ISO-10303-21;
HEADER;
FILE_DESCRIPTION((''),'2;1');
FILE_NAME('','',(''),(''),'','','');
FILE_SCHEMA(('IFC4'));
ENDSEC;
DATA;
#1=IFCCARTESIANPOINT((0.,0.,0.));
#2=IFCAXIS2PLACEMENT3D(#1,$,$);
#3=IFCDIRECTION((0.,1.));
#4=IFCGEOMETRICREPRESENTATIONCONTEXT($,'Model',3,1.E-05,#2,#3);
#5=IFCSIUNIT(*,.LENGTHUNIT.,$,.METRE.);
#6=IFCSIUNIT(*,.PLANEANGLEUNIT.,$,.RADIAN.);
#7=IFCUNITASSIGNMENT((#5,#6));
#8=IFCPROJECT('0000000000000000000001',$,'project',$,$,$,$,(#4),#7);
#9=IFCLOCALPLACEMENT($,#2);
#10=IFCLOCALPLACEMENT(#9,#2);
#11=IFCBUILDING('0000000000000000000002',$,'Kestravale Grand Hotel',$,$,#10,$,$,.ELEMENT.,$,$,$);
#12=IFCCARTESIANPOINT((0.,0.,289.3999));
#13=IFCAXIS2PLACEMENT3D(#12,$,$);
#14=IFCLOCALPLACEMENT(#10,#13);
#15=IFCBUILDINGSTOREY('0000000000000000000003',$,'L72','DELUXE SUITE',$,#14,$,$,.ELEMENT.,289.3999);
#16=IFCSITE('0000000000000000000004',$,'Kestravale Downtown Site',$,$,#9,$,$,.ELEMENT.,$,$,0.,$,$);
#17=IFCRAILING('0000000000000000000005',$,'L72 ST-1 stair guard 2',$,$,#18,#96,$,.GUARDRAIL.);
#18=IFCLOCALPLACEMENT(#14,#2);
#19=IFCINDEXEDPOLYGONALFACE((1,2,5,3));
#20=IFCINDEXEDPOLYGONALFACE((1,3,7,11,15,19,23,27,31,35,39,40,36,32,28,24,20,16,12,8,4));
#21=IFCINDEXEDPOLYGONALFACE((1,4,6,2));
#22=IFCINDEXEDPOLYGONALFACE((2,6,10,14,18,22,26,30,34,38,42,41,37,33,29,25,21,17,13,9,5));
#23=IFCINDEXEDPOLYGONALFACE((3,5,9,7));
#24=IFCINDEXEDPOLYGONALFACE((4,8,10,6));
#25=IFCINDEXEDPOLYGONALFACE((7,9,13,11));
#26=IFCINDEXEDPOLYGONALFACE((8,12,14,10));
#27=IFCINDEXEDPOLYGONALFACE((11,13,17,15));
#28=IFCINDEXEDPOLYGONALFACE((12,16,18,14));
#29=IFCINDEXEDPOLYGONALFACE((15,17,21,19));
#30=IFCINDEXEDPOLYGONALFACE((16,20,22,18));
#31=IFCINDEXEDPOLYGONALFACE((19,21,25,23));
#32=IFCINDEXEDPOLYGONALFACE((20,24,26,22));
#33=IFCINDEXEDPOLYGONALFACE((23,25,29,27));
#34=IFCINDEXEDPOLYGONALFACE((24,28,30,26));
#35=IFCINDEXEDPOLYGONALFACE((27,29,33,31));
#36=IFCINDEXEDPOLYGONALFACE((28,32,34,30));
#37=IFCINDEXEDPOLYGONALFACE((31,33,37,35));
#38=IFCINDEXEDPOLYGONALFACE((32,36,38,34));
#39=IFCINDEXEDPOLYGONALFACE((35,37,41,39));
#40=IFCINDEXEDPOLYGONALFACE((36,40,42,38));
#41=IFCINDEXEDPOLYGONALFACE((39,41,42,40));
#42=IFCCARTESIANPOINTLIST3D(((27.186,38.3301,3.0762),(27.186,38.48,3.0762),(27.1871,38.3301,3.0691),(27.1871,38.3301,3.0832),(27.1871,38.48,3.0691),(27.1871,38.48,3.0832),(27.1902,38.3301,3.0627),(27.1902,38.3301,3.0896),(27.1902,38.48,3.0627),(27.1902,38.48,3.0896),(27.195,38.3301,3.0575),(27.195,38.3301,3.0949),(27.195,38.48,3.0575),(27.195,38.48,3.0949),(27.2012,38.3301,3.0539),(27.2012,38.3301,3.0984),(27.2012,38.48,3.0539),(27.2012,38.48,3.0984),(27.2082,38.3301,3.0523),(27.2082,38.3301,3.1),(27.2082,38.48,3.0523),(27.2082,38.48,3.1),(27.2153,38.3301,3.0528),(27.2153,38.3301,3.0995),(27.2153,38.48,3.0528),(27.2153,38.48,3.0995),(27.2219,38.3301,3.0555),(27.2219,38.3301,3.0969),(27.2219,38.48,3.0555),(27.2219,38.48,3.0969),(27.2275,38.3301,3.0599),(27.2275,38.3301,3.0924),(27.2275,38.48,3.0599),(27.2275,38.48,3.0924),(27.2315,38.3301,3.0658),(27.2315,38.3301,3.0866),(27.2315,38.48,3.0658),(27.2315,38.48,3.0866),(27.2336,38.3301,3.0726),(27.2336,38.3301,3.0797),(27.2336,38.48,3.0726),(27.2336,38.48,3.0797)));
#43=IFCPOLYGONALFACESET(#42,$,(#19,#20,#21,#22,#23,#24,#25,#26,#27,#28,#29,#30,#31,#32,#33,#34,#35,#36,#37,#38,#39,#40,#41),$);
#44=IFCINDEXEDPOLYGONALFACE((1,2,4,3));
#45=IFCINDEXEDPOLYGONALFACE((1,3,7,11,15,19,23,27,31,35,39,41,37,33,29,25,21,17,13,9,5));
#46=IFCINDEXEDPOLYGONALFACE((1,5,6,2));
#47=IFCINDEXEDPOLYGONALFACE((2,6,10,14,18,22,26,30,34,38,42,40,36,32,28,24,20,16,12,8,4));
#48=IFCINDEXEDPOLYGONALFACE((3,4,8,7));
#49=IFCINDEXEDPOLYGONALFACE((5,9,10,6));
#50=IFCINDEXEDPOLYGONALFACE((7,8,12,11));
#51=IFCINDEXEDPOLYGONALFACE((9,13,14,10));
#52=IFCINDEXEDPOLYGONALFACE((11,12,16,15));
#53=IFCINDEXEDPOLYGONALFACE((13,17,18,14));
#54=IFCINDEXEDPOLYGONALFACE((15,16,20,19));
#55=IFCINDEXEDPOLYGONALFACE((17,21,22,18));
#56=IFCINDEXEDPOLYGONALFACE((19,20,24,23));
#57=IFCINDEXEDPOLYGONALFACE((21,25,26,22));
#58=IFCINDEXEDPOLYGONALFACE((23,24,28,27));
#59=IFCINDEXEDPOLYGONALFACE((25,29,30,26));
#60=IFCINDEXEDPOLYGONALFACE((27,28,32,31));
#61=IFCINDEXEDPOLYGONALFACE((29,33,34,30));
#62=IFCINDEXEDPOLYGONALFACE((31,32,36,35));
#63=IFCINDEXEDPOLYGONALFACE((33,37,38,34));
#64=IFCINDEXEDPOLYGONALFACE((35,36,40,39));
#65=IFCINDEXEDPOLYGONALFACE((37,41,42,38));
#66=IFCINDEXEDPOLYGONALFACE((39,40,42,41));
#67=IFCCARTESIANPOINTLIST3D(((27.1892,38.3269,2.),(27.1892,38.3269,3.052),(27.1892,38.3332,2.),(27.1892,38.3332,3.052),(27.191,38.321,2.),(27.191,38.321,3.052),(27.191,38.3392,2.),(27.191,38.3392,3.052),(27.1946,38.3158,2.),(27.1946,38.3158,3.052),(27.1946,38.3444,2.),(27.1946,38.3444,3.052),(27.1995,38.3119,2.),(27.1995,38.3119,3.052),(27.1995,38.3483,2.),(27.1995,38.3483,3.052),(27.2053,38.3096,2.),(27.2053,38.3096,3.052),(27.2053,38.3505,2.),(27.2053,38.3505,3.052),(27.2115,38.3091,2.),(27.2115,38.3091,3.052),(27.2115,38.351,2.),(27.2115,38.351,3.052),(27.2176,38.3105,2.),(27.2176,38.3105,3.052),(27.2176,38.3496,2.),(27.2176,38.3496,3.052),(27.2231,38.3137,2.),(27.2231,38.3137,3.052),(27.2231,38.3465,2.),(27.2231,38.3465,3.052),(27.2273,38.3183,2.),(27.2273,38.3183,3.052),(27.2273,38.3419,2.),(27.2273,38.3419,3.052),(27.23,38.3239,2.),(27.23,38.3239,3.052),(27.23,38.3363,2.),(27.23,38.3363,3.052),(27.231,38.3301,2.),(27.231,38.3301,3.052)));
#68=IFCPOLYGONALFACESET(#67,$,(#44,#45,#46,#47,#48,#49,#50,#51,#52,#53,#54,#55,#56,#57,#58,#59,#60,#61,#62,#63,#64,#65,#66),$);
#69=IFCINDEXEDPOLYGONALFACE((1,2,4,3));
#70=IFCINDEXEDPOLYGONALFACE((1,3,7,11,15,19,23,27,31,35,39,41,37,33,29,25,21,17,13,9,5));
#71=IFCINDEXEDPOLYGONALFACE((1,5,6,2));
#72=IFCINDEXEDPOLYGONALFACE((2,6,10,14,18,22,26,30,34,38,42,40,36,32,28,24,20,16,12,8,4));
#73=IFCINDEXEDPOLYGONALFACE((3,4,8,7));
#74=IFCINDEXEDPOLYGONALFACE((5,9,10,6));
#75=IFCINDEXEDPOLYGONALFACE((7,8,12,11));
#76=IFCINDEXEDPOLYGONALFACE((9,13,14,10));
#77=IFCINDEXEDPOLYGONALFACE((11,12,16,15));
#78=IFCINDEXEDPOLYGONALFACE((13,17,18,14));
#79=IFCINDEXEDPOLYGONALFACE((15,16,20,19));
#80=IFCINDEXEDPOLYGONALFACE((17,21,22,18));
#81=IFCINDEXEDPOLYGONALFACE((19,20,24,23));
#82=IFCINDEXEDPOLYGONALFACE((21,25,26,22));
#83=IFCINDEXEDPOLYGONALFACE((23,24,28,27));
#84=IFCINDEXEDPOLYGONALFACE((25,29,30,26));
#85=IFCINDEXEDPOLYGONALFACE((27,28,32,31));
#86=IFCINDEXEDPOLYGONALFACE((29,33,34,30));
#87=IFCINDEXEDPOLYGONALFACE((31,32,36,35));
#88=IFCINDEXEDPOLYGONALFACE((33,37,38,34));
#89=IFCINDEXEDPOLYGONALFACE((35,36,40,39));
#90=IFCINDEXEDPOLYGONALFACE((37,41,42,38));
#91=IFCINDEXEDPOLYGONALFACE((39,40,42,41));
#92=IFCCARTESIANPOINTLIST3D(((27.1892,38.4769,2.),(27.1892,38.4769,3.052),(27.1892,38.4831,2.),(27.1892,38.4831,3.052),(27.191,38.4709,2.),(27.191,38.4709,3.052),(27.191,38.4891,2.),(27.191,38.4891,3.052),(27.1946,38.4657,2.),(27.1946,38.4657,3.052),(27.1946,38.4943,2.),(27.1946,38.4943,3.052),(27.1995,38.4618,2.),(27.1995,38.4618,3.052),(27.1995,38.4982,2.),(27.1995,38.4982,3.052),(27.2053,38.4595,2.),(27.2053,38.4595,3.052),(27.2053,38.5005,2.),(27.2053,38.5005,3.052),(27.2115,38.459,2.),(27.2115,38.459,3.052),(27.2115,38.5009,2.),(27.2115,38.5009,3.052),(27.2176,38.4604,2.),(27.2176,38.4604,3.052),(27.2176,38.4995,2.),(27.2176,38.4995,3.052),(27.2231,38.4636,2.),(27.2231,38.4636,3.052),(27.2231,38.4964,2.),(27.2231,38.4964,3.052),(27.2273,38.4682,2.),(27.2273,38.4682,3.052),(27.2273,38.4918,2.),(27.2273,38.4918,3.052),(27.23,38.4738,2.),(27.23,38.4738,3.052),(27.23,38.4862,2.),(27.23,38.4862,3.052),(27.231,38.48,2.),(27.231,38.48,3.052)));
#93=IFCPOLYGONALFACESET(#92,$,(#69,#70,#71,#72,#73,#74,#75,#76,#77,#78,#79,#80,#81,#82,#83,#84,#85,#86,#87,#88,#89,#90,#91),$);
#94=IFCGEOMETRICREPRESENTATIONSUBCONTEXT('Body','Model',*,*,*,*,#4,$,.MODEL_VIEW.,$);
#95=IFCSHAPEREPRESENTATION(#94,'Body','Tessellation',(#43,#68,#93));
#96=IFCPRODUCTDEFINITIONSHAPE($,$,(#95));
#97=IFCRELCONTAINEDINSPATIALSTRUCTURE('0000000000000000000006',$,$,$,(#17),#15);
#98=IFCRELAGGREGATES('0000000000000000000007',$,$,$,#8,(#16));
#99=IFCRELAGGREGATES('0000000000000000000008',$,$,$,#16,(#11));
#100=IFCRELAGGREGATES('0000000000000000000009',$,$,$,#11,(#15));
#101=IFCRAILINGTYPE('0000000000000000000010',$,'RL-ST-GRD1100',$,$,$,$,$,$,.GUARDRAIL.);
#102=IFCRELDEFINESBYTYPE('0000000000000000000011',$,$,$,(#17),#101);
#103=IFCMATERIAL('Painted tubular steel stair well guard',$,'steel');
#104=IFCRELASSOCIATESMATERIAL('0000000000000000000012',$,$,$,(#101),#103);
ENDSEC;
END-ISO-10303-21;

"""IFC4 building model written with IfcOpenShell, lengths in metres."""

from ifc_helpers import new_model, si_unit, direction, frame, origin, origin_2d, place, context, subcontext, project, spatial, circle, extrude, material, type_object, element, save


model = new_model("IFC4")

# Units and contexts
model_context = context("Model", 3, precision=1e-05, world=origin(), true_north=direction((0.0, 1.0)))
body_context = subcontext(model_context, "Body", "Model", "MODEL_VIEW")
ifc_project = project(units=[si_unit("LENGTHUNIT", "METRE"), si_unit("PLANEANGLEUNIT", "RADIAN")], contexts=[model_context])

# Site, building, storey
site_placement = place(None, origin())
site = spatial("IfcSite", under=ifc_project, at=site_placement, Name="Kestravale Downtown Site", CompositionType="ELEMENT", RefElevation=0.0)
building_placement = place(site_placement, origin())
building = spatial("IfcBuilding", under=site, at=building_placement, Name="Kestravale Grand Hotel", CompositionType="ELEMENT")
storey_placement = place(building_placement, frame((0.0, 0.0, 289.3999)))
storey = spatial("IfcBuildingStorey", under=building, at=storey_placement, Name="L72", Description="DELUXE SUITE", CompositionType="ELEMENT", Elevation=289.3999)

# Railing
ifc_material_1 = material(Name="Painted tubular steel stair well guard", Category="steel")
railing_type_1 = type_object("IfcRailingType", Name="RL-ST-GRD1100", PredefinedType="GUARDRAIL", material=ifc_material_1)
railing_1_placement = place(storey_placement, frame((27.21, 38.3301, 2.0)))
element("IfcRailing", 1, at=railing_1_placement, inside=storey, type_object=railing_type_1, Name="L72 ST-1 stair guard 2", PredefinedType="GUARDRAIL", context=body_context, shape_type="SweptSolid", body=[
    extrude(circle(Radius=0.0239, at=origin_2d()), frame((0.0, 0.0, 1.0762), z_axis=(0.0, 1.0, 0.0), x_axis=(-1.0, 0.0, 0.0)), (0.0, 0.0, 1.0), 0.1499),
    extrude(circle(Radius=0.021, at=origin_2d()), origin(), (0.0, 0.0, 1.0), 1.052),
    extrude(circle(Radius=0.021, at=origin_2d()), frame((0.0, 0.1499, 0.0)), (0.0, 0.0, 1.0), 1.052),
])

save(model, "model.ifc")
